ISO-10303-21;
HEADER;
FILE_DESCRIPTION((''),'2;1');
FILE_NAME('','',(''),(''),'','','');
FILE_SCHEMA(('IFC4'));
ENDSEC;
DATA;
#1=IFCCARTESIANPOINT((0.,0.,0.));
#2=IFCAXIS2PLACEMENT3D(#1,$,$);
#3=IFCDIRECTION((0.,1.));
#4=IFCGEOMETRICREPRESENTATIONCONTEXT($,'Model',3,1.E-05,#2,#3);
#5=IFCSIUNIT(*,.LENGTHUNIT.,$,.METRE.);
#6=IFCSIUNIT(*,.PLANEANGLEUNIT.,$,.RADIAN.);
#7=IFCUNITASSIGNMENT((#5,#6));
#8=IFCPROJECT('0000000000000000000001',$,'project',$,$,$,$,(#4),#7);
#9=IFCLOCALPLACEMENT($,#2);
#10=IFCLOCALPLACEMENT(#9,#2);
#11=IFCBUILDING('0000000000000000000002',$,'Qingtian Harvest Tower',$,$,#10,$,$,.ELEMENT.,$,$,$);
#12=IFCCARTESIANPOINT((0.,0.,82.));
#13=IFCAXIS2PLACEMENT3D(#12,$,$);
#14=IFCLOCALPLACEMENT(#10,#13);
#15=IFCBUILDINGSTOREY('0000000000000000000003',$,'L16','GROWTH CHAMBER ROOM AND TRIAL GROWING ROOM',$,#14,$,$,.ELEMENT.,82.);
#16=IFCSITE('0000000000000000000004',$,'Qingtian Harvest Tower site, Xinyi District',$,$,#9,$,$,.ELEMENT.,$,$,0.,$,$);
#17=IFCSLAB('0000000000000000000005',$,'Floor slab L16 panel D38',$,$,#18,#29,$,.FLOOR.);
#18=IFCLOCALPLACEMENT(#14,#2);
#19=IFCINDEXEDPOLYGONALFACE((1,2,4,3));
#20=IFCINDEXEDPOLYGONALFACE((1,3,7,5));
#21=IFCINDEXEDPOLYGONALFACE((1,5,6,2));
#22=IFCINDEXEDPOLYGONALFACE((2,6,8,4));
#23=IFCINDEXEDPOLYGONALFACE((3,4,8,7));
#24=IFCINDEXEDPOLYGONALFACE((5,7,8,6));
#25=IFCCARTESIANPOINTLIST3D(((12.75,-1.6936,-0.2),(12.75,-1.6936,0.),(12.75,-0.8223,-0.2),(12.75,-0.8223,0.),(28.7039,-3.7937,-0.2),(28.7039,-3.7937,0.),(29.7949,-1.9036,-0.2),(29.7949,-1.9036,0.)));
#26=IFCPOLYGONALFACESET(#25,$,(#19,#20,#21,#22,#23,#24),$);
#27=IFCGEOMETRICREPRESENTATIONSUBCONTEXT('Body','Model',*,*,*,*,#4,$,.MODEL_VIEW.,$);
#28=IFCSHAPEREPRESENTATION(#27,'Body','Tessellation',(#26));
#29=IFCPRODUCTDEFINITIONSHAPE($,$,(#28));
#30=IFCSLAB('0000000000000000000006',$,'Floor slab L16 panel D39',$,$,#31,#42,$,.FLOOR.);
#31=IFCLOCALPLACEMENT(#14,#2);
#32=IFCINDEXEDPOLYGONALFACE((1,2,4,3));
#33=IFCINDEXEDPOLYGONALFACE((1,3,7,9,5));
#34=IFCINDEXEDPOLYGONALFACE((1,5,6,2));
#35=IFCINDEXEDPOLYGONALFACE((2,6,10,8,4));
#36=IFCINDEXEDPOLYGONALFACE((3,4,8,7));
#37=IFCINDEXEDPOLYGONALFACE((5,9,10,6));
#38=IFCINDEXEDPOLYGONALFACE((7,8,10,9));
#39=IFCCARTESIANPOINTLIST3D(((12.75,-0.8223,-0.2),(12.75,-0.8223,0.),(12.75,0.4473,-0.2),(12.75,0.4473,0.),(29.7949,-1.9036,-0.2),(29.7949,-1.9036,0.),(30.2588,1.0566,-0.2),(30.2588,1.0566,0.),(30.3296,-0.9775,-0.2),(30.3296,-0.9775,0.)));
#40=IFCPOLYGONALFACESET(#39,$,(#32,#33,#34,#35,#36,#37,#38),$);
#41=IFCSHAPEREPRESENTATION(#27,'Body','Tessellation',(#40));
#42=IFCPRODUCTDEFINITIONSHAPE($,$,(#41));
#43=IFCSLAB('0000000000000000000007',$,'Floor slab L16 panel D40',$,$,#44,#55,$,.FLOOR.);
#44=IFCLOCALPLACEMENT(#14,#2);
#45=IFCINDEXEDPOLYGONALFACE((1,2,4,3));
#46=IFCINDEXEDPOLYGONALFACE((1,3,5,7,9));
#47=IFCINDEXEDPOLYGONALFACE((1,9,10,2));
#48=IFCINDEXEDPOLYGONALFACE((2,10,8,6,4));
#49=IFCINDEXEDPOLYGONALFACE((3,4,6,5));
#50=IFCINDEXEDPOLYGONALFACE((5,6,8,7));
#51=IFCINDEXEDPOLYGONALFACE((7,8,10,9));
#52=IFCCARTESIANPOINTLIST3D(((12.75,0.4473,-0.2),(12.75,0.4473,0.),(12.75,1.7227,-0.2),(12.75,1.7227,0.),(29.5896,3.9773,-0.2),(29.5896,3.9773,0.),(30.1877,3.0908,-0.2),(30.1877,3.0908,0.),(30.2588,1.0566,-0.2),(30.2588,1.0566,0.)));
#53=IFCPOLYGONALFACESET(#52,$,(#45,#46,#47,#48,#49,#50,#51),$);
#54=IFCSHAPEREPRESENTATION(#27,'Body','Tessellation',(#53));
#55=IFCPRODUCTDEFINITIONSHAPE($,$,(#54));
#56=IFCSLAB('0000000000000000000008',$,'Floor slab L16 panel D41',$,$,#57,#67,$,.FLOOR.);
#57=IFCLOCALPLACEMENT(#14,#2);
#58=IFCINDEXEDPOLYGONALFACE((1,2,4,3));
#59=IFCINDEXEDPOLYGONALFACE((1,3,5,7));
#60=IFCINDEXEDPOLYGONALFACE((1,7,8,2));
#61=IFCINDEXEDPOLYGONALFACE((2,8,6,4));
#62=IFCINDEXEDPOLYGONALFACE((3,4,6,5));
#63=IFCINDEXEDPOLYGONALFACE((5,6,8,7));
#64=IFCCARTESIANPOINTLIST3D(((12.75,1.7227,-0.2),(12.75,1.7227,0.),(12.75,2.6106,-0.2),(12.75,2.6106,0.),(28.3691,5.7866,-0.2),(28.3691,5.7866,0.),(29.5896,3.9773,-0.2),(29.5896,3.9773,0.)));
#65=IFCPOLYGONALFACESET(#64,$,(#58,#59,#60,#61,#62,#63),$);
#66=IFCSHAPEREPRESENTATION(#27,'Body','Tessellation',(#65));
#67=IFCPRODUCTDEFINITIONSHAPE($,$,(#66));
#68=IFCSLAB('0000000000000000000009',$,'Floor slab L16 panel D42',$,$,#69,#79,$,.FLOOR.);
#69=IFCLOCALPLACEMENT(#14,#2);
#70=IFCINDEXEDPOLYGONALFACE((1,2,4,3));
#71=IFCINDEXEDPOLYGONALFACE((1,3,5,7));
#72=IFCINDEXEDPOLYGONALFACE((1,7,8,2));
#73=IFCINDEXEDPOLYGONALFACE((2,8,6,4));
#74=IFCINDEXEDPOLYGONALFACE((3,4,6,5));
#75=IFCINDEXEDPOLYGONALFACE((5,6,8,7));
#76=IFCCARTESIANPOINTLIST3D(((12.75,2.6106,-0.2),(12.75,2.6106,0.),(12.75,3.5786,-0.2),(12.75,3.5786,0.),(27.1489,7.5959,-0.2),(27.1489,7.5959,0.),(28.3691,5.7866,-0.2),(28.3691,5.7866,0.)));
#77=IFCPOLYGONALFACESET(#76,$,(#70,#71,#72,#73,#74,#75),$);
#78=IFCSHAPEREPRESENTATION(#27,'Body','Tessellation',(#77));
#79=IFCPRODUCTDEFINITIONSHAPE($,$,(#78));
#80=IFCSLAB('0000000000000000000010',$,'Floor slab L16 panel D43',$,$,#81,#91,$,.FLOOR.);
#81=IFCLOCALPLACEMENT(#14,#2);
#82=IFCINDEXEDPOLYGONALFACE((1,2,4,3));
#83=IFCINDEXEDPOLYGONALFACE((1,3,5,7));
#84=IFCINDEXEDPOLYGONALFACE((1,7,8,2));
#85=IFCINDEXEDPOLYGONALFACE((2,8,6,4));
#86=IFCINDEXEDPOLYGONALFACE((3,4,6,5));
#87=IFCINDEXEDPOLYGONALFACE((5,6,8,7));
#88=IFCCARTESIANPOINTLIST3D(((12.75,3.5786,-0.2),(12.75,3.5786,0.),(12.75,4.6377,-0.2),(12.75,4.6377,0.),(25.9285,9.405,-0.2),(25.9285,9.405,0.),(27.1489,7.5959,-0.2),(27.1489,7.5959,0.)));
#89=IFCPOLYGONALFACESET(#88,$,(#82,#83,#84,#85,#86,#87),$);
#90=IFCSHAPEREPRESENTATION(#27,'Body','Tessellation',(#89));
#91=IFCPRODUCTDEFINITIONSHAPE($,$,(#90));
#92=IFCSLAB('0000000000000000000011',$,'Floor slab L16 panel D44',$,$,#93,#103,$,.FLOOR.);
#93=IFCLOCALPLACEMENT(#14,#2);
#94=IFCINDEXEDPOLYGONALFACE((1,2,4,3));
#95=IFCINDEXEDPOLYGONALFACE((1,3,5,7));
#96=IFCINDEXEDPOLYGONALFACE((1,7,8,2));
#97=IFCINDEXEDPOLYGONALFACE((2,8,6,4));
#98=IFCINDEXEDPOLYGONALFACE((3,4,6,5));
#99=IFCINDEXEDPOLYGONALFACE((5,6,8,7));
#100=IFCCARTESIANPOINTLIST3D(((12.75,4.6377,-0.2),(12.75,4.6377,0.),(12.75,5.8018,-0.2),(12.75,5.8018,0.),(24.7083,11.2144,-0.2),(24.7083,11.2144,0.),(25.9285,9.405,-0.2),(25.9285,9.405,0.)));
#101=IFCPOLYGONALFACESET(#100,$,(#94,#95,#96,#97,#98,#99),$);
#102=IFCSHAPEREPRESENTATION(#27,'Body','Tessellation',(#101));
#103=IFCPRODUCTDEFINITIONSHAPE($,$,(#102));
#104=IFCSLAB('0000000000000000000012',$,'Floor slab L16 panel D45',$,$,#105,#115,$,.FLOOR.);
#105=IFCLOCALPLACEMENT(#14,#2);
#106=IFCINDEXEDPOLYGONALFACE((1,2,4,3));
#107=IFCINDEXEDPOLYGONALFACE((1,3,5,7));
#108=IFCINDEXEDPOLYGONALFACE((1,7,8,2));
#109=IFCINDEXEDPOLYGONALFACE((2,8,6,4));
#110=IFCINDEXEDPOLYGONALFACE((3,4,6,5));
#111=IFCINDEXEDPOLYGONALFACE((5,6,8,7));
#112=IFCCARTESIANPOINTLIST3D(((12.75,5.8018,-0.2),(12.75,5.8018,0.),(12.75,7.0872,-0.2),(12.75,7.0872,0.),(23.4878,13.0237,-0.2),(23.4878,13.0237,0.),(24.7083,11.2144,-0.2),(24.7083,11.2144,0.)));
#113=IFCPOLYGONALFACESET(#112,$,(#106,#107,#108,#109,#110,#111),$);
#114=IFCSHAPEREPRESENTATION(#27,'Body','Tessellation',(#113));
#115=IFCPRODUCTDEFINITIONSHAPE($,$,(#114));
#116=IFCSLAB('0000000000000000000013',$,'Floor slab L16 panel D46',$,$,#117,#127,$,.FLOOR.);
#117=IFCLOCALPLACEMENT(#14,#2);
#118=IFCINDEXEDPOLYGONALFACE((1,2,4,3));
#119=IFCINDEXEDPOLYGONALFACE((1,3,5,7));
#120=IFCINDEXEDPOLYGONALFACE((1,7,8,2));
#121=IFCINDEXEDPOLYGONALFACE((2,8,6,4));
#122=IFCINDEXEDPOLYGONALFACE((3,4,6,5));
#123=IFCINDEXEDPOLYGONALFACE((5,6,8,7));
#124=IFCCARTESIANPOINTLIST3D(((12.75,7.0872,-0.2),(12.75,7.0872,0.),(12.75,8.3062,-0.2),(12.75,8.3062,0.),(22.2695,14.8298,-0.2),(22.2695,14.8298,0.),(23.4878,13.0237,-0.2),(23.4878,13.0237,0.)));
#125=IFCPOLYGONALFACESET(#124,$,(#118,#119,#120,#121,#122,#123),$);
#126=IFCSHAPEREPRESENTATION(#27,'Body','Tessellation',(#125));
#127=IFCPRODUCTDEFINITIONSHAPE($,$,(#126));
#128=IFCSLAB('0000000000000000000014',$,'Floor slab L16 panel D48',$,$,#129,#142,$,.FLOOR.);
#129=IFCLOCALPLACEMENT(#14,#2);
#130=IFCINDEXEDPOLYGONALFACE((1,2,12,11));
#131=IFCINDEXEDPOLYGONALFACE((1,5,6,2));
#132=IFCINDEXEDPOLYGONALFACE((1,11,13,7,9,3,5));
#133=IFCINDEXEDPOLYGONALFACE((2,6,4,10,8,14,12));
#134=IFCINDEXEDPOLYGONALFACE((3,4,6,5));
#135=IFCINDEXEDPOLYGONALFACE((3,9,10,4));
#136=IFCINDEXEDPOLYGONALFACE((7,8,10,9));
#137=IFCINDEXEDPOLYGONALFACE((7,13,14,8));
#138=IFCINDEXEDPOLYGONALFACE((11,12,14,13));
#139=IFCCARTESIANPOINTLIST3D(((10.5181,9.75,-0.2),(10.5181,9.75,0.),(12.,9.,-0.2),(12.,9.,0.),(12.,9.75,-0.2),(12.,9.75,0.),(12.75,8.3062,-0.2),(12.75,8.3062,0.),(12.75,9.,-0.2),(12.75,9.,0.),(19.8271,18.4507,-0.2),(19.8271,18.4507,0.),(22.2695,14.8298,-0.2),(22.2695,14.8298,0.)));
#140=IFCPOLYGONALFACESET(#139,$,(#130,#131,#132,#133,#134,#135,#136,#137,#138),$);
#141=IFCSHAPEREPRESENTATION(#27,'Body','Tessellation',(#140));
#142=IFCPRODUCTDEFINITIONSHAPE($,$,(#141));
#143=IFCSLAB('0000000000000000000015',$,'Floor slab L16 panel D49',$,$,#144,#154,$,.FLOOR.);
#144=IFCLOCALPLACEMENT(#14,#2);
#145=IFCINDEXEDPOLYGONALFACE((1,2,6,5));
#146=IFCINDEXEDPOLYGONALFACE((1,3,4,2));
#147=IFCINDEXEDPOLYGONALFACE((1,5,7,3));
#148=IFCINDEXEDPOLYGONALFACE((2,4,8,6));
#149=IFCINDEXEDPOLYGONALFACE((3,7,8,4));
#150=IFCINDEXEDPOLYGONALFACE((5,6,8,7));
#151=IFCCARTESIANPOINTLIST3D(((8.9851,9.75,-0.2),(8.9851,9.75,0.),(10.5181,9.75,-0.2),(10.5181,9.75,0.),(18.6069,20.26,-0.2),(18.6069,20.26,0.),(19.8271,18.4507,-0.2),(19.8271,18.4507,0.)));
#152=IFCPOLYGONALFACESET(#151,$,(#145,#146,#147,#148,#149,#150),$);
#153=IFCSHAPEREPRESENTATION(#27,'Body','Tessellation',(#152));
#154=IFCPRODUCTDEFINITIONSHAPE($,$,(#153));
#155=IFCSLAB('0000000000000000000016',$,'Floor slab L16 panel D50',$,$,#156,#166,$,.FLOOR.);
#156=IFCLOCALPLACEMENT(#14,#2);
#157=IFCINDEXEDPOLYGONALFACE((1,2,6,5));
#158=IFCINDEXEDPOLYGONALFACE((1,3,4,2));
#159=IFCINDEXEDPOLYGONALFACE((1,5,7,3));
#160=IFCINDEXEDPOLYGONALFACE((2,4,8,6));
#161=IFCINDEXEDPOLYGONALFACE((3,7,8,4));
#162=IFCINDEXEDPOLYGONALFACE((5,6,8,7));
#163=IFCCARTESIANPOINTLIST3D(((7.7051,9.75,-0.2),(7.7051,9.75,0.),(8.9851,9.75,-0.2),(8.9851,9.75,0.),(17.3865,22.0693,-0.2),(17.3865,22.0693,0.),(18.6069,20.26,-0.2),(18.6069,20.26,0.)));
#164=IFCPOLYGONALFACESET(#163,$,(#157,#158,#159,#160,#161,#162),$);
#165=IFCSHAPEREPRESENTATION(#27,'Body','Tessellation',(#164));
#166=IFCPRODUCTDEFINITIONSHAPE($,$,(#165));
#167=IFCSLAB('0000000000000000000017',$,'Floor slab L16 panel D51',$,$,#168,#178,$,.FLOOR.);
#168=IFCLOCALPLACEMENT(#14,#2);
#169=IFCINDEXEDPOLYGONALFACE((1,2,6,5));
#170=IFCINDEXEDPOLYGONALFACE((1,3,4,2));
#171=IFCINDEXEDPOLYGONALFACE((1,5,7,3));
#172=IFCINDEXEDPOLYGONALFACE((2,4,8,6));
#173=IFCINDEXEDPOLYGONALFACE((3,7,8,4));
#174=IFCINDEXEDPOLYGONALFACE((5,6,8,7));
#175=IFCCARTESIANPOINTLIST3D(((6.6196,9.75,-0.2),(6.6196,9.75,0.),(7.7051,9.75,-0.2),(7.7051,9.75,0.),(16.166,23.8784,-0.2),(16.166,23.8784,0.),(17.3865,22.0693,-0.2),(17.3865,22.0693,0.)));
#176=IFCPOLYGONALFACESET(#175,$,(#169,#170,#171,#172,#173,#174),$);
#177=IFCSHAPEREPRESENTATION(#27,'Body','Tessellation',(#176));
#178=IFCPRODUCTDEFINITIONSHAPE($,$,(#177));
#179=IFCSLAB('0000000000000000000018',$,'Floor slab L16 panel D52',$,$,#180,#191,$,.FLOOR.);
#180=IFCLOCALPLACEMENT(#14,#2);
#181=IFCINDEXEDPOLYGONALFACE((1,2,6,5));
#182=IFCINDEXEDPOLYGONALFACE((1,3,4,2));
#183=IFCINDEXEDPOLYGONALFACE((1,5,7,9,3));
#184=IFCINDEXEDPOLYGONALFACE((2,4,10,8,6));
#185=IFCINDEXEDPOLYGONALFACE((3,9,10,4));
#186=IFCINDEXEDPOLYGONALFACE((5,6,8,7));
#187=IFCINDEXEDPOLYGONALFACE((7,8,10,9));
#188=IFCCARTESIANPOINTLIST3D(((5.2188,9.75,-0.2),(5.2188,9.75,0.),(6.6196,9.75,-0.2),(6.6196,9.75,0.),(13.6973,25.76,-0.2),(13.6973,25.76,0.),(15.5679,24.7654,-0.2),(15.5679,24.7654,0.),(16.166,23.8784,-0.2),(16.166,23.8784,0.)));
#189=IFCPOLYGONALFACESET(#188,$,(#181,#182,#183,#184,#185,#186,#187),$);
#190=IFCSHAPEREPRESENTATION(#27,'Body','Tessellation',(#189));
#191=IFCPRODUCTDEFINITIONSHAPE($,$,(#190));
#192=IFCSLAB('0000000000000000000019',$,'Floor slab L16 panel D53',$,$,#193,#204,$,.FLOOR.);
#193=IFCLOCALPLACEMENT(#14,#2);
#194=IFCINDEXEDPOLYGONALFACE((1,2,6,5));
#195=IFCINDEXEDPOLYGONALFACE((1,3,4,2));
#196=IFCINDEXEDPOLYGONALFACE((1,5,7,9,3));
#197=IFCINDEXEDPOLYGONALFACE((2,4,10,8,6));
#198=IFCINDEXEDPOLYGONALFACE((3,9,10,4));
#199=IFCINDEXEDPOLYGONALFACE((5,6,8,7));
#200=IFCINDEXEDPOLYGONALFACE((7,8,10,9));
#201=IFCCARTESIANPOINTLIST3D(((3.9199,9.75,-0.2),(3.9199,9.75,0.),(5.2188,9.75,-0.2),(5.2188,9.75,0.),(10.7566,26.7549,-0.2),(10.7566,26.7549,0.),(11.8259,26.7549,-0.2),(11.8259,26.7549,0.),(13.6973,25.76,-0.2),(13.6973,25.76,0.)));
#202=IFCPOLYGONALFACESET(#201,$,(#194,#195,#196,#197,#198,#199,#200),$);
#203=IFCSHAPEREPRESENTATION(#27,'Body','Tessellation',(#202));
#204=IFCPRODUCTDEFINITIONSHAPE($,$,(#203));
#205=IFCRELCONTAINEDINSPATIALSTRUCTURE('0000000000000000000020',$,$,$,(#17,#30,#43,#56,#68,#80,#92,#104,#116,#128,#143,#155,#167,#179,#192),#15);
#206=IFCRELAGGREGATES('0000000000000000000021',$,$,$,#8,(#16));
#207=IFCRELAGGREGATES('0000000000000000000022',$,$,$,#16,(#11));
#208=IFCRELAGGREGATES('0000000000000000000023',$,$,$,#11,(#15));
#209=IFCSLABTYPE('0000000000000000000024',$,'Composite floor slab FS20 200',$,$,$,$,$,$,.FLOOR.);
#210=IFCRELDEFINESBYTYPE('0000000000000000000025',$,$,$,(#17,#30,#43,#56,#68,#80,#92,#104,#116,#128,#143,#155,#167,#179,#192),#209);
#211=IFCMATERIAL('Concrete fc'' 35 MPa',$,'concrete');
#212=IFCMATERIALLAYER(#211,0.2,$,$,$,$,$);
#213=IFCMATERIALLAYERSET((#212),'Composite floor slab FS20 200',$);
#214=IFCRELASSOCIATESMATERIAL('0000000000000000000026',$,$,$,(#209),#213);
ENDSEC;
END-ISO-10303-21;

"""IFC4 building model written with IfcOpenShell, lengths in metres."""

from ifc_helpers import new_model, si_unit, direction, frame, origin, place, context, subcontext, project, spatial, polyline, outline, extrude, material, layer, layer_set, type_object, element, save


model = new_model("IFC4")

# Units and contexts
model_context = context("Model", 3, precision=1e-05, world=origin(), true_north=direction((0.0, 1.0)))
body_context = subcontext(model_context, "Body", "Model", "MODEL_VIEW")
ifc_project = project(units=[si_unit("LENGTHUNIT", "METRE"), si_unit("PLANEANGLEUNIT", "RADIAN")], contexts=[model_context])

# Site, building, storey
site_placement = place(None, origin())
site = spatial("IfcSite", under=ifc_project, at=site_placement, Name="Qingtian Harvest Tower site, Xinyi District", CompositionType="ELEMENT", RefElevation=0.0)
building_placement = place(site_placement, origin())
building = spatial("IfcBuilding", under=site, at=building_placement, Name="Qingtian Harvest Tower", CompositionType="ELEMENT")
storey_placement = place(building_placement, frame((0.0, 0.0, 82.0)))
storey = spatial("IfcBuildingStorey", under=building, at=storey_placement, Name="L16", Description="GROWTH CHAMBER ROOM AND TRIAL GROWING ROOM", CompositionType="ELEMENT", Elevation=82.0)

# Slabs
ifc_material_1 = material(Name="Concrete fc' 35 MPa", Category="concrete")
ifc_layer_1 = layer(ifc_material_1, 0.2)
ifc_layer_set_1 = layer_set([ifc_layer_1], Name="Composite floor slab FS20 200")
slab_type = type_object("IfcSlabType", Name="Composite floor slab FS20 200", PredefinedType="FLOOR", material=ifc_layer_set_1)
slab_1_placement = place(storey_placement, frame((0.0, 0.0, -0.2)))
element("IfcSlab", 1, at=slab_1_placement, inside=storey, type_object=slab_type, Name="Floor slab L16 panel D38", PredefinedType="FLOOR", context=body_context, shape_type="SweptSolid", body=[
    extrude(outline(polyline([(12.75, -0.8223), (29.7949, -1.9036), (28.7039, -3.7937), (12.75, -1.6936), (12.75, -0.8223)])), origin(), (0.0, 0.0, 1.0), 0.2),
])
slab_2_placement = place(storey_placement, frame((0.0, 0.0, -0.2)))
element("IfcSlab", 2, at=slab_2_placement, inside=storey, type_object=slab_type, Name="Floor slab L16 panel D39", PredefinedType="FLOOR", context=body_context, shape_type="SweptSolid", body=[
    extrude(outline(polyline([(12.75, -0.8223), (12.75, 0.4473), (30.2588, 1.0566), (30.3296, -0.9775), (29.7949, -1.9036), (12.75, -0.8223)])), origin(), (0.0, 0.0, 1.0), 0.2),
])
slab_3_placement = place(storey_placement, frame((0.0, 0.0, -0.2)))
element("IfcSlab", 3, at=slab_3_placement, inside=storey, type_object=slab_type, Name="Floor slab L16 panel D40", PredefinedType="FLOOR", context=body_context, shape_type="SweptSolid", body=[
    extrude(outline(polyline([(12.75, 0.4473), (12.75, 1.7227), (29.5896, 3.9773), (30.1877, 3.0908), (30.2588, 1.0566), (12.75, 0.4473)])), origin(), (0.0, 0.0, 1.0), 0.2),
])
slab_4_placement = place(storey_placement, frame((0.0, 0.0, -0.2)))
element("IfcSlab", 4, at=slab_4_placement, inside=storey, type_object=slab_type, Name="Floor slab L16 panel D41", PredefinedType="FLOOR", context=body_context, shape_type="SweptSolid", body=[
    extrude(outline(polyline([(12.75, 2.6106), (28.3691, 5.7866), (29.5896, 3.9773), (12.75, 1.7227), (12.75, 2.6106)])), origin(), (0.0, 0.0, 1.0), 0.2),
])
slab_5_placement = place(storey_placement, frame((0.0, 0.0, -0.2)))
element("IfcSlab", 5, at=slab_5_placement, inside=storey, type_object=slab_type, Name="Floor slab L16 panel D42", PredefinedType="FLOOR", context=body_context, shape_type="SweptSolid", body=[
    extrude(outline(polyline([(12.75, 3.5786), (27.1489, 7.5959), (28.3691, 5.7866), (12.75, 2.6106), (12.75, 3.5786)])), origin(), (0.0, 0.0, 1.0), 0.2),
])
slab_6_placement = place(storey_placement, frame((0.0, 0.0, -0.2)))
element("IfcSlab", 6, at=slab_6_placement, inside=storey, type_object=slab_type, Name="Floor slab L16 panel D43", PredefinedType="FLOOR", context=body_context, shape_type="SweptSolid", body=[
    extrude(outline(polyline([(12.75, 4.6377), (25.9285, 9.405), (27.1489, 7.5959), (12.75, 3.5786), (12.75, 4.6377)])), origin(), (0.0, 0.0, 1.0), 0.2),
])
slab_7_placement = place(storey_placement, frame((0.0, 0.0, -0.2)))
element("IfcSlab", 7, at=slab_7_placement, inside=storey, type_object=slab_type, Name="Floor slab L16 panel D44", PredefinedType="FLOOR", context=body_context, shape_type="SweptSolid", body=[
    extrude(outline(polyline([(12.75, 5.8018), (24.7083, 11.2144), (25.9285, 9.405), (12.75, 4.6377), (12.75, 5.8018)])), origin(), (0.0, 0.0, 1.0), 0.2),
])
slab_8_placement = place(storey_placement, frame((0.0, 0.0, -0.2)))
element("IfcSlab", 8, at=slab_8_placement, inside=storey, type_object=slab_type, Name="Floor slab L16 panel D45", PredefinedType="FLOOR", context=body_context, shape_type="SweptSolid", body=[
    extrude(outline(polyline([(12.75, 7.0872), (23.4878, 13.0237), (24.7083, 11.2144), (12.75, 5.8018), (12.75, 7.0872)])), origin(), (0.0, 0.0, 1.0), 0.2),
])
slab_9_placement = place(storey_placement, frame((0.0, 0.0, -0.2)))
element("IfcSlab", 9, at=slab_9_placement, inside=storey, type_object=slab_type, Name="Floor slab L16 panel D46", PredefinedType="FLOOR", context=body_context, shape_type="SweptSolid", body=[
    extrude(outline(polyline([(12.75, 8.3062), (22.2695, 14.8298), (23.4878, 13.0237), (12.75, 7.0872), (12.75, 8.3062)])), origin(), (0.0, 0.0, 1.0), 0.2),
])
slab_10_placement = place(storey_placement, frame((0.0, 0.0, -0.2)))
element("IfcSlab", 10, at=slab_10_placement, inside=storey, type_object=slab_type, Name="Floor slab L16 panel D48", PredefinedType="FLOOR", context=body_context, shape_type="SweptSolid", body=[
    extrude(outline(polyline([(19.8271, 18.4507), (22.2695, 14.8298), (12.75, 8.3062), (12.75, 9.0), (12.0, 9.0), (12.0, 9.75), (10.5181, 9.75), (19.8271, 18.4507)])), origin(), (0.0, 0.0, 1.0), 0.2),
])
slab_11_placement = place(storey_placement, frame((0.0, 0.0, -0.2)))
element("IfcSlab", 11, at=slab_11_placement, inside=storey, type_object=slab_type, Name="Floor slab L16 panel D49", PredefinedType="FLOOR", context=body_context, shape_type="SweptSolid", body=[
    extrude(outline(polyline([(8.9851, 9.75), (18.6069, 20.26), (19.8271, 18.4507), (10.5181, 9.75), (8.9851, 9.75)])), origin(), (0.0, 0.0, 1.0), 0.2),
])
slab_12_placement = place(storey_placement, frame((0.0, 0.0, -0.2)))
element("IfcSlab", 12, at=slab_12_placement, inside=storey, type_object=slab_type, Name="Floor slab L16 panel D50", PredefinedType="FLOOR", context=body_context, shape_type="SweptSolid", body=[
    extrude(outline(polyline([(7.7051, 9.75), (17.3865, 22.0693), (18.6069, 20.26), (8.9851, 9.75), (7.7051, 9.75)])), origin(), (0.0, 0.0, 1.0), 0.2),
])
slab_13_placement = place(storey_placement, frame((0.0, 0.0, -0.2)))
element("IfcSlab", 13, at=slab_13_placement, inside=storey, type_object=slab_type, Name="Floor slab L16 panel D51", PredefinedType="FLOOR", context=body_context, shape_type="SweptSolid", body=[
    extrude(outline(polyline([(6.6196, 9.75), (16.166, 23.8784), (17.3865, 22.0693), (7.7051, 9.75), (6.6196, 9.75)])), origin(), (0.0, 0.0, 1.0), 0.2),
])
slab_14_placement = place(storey_placement, frame((0.0, 0.0, -0.2)))
element("IfcSlab", 14, at=slab_14_placement, inside=storey, type_object=slab_type, Name="Floor slab L16 panel D52", PredefinedType="FLOOR", context=body_context, shape_type="SweptSolid", body=[
    extrude(outline(polyline([(6.6196, 9.75), (5.2188, 9.75), (13.6973, 25.76), (15.5679, 24.7654), (16.166, 23.8784), (6.6196, 9.75)])), origin(), (0.0, 0.0, 1.0), 0.2),
])
slab_15_placement = place(storey_placement, frame((0.0, 0.0, -0.2)))
element("IfcSlab", 15, at=slab_15_placement, inside=storey, type_object=slab_type, Name="Floor slab L16 panel D53", PredefinedType="FLOOR", context=body_context, shape_type="SweptSolid", body=[
    extrude(outline(polyline([(3.9199, 9.75), (10.7566, 26.7549), (11.8259, 26.7549), (13.6973, 25.76), (5.2188, 9.75), (3.9199, 9.75)])), origin(), (0.0, 0.0, 1.0), 0.2),
])

save(model, "model.ifc")
